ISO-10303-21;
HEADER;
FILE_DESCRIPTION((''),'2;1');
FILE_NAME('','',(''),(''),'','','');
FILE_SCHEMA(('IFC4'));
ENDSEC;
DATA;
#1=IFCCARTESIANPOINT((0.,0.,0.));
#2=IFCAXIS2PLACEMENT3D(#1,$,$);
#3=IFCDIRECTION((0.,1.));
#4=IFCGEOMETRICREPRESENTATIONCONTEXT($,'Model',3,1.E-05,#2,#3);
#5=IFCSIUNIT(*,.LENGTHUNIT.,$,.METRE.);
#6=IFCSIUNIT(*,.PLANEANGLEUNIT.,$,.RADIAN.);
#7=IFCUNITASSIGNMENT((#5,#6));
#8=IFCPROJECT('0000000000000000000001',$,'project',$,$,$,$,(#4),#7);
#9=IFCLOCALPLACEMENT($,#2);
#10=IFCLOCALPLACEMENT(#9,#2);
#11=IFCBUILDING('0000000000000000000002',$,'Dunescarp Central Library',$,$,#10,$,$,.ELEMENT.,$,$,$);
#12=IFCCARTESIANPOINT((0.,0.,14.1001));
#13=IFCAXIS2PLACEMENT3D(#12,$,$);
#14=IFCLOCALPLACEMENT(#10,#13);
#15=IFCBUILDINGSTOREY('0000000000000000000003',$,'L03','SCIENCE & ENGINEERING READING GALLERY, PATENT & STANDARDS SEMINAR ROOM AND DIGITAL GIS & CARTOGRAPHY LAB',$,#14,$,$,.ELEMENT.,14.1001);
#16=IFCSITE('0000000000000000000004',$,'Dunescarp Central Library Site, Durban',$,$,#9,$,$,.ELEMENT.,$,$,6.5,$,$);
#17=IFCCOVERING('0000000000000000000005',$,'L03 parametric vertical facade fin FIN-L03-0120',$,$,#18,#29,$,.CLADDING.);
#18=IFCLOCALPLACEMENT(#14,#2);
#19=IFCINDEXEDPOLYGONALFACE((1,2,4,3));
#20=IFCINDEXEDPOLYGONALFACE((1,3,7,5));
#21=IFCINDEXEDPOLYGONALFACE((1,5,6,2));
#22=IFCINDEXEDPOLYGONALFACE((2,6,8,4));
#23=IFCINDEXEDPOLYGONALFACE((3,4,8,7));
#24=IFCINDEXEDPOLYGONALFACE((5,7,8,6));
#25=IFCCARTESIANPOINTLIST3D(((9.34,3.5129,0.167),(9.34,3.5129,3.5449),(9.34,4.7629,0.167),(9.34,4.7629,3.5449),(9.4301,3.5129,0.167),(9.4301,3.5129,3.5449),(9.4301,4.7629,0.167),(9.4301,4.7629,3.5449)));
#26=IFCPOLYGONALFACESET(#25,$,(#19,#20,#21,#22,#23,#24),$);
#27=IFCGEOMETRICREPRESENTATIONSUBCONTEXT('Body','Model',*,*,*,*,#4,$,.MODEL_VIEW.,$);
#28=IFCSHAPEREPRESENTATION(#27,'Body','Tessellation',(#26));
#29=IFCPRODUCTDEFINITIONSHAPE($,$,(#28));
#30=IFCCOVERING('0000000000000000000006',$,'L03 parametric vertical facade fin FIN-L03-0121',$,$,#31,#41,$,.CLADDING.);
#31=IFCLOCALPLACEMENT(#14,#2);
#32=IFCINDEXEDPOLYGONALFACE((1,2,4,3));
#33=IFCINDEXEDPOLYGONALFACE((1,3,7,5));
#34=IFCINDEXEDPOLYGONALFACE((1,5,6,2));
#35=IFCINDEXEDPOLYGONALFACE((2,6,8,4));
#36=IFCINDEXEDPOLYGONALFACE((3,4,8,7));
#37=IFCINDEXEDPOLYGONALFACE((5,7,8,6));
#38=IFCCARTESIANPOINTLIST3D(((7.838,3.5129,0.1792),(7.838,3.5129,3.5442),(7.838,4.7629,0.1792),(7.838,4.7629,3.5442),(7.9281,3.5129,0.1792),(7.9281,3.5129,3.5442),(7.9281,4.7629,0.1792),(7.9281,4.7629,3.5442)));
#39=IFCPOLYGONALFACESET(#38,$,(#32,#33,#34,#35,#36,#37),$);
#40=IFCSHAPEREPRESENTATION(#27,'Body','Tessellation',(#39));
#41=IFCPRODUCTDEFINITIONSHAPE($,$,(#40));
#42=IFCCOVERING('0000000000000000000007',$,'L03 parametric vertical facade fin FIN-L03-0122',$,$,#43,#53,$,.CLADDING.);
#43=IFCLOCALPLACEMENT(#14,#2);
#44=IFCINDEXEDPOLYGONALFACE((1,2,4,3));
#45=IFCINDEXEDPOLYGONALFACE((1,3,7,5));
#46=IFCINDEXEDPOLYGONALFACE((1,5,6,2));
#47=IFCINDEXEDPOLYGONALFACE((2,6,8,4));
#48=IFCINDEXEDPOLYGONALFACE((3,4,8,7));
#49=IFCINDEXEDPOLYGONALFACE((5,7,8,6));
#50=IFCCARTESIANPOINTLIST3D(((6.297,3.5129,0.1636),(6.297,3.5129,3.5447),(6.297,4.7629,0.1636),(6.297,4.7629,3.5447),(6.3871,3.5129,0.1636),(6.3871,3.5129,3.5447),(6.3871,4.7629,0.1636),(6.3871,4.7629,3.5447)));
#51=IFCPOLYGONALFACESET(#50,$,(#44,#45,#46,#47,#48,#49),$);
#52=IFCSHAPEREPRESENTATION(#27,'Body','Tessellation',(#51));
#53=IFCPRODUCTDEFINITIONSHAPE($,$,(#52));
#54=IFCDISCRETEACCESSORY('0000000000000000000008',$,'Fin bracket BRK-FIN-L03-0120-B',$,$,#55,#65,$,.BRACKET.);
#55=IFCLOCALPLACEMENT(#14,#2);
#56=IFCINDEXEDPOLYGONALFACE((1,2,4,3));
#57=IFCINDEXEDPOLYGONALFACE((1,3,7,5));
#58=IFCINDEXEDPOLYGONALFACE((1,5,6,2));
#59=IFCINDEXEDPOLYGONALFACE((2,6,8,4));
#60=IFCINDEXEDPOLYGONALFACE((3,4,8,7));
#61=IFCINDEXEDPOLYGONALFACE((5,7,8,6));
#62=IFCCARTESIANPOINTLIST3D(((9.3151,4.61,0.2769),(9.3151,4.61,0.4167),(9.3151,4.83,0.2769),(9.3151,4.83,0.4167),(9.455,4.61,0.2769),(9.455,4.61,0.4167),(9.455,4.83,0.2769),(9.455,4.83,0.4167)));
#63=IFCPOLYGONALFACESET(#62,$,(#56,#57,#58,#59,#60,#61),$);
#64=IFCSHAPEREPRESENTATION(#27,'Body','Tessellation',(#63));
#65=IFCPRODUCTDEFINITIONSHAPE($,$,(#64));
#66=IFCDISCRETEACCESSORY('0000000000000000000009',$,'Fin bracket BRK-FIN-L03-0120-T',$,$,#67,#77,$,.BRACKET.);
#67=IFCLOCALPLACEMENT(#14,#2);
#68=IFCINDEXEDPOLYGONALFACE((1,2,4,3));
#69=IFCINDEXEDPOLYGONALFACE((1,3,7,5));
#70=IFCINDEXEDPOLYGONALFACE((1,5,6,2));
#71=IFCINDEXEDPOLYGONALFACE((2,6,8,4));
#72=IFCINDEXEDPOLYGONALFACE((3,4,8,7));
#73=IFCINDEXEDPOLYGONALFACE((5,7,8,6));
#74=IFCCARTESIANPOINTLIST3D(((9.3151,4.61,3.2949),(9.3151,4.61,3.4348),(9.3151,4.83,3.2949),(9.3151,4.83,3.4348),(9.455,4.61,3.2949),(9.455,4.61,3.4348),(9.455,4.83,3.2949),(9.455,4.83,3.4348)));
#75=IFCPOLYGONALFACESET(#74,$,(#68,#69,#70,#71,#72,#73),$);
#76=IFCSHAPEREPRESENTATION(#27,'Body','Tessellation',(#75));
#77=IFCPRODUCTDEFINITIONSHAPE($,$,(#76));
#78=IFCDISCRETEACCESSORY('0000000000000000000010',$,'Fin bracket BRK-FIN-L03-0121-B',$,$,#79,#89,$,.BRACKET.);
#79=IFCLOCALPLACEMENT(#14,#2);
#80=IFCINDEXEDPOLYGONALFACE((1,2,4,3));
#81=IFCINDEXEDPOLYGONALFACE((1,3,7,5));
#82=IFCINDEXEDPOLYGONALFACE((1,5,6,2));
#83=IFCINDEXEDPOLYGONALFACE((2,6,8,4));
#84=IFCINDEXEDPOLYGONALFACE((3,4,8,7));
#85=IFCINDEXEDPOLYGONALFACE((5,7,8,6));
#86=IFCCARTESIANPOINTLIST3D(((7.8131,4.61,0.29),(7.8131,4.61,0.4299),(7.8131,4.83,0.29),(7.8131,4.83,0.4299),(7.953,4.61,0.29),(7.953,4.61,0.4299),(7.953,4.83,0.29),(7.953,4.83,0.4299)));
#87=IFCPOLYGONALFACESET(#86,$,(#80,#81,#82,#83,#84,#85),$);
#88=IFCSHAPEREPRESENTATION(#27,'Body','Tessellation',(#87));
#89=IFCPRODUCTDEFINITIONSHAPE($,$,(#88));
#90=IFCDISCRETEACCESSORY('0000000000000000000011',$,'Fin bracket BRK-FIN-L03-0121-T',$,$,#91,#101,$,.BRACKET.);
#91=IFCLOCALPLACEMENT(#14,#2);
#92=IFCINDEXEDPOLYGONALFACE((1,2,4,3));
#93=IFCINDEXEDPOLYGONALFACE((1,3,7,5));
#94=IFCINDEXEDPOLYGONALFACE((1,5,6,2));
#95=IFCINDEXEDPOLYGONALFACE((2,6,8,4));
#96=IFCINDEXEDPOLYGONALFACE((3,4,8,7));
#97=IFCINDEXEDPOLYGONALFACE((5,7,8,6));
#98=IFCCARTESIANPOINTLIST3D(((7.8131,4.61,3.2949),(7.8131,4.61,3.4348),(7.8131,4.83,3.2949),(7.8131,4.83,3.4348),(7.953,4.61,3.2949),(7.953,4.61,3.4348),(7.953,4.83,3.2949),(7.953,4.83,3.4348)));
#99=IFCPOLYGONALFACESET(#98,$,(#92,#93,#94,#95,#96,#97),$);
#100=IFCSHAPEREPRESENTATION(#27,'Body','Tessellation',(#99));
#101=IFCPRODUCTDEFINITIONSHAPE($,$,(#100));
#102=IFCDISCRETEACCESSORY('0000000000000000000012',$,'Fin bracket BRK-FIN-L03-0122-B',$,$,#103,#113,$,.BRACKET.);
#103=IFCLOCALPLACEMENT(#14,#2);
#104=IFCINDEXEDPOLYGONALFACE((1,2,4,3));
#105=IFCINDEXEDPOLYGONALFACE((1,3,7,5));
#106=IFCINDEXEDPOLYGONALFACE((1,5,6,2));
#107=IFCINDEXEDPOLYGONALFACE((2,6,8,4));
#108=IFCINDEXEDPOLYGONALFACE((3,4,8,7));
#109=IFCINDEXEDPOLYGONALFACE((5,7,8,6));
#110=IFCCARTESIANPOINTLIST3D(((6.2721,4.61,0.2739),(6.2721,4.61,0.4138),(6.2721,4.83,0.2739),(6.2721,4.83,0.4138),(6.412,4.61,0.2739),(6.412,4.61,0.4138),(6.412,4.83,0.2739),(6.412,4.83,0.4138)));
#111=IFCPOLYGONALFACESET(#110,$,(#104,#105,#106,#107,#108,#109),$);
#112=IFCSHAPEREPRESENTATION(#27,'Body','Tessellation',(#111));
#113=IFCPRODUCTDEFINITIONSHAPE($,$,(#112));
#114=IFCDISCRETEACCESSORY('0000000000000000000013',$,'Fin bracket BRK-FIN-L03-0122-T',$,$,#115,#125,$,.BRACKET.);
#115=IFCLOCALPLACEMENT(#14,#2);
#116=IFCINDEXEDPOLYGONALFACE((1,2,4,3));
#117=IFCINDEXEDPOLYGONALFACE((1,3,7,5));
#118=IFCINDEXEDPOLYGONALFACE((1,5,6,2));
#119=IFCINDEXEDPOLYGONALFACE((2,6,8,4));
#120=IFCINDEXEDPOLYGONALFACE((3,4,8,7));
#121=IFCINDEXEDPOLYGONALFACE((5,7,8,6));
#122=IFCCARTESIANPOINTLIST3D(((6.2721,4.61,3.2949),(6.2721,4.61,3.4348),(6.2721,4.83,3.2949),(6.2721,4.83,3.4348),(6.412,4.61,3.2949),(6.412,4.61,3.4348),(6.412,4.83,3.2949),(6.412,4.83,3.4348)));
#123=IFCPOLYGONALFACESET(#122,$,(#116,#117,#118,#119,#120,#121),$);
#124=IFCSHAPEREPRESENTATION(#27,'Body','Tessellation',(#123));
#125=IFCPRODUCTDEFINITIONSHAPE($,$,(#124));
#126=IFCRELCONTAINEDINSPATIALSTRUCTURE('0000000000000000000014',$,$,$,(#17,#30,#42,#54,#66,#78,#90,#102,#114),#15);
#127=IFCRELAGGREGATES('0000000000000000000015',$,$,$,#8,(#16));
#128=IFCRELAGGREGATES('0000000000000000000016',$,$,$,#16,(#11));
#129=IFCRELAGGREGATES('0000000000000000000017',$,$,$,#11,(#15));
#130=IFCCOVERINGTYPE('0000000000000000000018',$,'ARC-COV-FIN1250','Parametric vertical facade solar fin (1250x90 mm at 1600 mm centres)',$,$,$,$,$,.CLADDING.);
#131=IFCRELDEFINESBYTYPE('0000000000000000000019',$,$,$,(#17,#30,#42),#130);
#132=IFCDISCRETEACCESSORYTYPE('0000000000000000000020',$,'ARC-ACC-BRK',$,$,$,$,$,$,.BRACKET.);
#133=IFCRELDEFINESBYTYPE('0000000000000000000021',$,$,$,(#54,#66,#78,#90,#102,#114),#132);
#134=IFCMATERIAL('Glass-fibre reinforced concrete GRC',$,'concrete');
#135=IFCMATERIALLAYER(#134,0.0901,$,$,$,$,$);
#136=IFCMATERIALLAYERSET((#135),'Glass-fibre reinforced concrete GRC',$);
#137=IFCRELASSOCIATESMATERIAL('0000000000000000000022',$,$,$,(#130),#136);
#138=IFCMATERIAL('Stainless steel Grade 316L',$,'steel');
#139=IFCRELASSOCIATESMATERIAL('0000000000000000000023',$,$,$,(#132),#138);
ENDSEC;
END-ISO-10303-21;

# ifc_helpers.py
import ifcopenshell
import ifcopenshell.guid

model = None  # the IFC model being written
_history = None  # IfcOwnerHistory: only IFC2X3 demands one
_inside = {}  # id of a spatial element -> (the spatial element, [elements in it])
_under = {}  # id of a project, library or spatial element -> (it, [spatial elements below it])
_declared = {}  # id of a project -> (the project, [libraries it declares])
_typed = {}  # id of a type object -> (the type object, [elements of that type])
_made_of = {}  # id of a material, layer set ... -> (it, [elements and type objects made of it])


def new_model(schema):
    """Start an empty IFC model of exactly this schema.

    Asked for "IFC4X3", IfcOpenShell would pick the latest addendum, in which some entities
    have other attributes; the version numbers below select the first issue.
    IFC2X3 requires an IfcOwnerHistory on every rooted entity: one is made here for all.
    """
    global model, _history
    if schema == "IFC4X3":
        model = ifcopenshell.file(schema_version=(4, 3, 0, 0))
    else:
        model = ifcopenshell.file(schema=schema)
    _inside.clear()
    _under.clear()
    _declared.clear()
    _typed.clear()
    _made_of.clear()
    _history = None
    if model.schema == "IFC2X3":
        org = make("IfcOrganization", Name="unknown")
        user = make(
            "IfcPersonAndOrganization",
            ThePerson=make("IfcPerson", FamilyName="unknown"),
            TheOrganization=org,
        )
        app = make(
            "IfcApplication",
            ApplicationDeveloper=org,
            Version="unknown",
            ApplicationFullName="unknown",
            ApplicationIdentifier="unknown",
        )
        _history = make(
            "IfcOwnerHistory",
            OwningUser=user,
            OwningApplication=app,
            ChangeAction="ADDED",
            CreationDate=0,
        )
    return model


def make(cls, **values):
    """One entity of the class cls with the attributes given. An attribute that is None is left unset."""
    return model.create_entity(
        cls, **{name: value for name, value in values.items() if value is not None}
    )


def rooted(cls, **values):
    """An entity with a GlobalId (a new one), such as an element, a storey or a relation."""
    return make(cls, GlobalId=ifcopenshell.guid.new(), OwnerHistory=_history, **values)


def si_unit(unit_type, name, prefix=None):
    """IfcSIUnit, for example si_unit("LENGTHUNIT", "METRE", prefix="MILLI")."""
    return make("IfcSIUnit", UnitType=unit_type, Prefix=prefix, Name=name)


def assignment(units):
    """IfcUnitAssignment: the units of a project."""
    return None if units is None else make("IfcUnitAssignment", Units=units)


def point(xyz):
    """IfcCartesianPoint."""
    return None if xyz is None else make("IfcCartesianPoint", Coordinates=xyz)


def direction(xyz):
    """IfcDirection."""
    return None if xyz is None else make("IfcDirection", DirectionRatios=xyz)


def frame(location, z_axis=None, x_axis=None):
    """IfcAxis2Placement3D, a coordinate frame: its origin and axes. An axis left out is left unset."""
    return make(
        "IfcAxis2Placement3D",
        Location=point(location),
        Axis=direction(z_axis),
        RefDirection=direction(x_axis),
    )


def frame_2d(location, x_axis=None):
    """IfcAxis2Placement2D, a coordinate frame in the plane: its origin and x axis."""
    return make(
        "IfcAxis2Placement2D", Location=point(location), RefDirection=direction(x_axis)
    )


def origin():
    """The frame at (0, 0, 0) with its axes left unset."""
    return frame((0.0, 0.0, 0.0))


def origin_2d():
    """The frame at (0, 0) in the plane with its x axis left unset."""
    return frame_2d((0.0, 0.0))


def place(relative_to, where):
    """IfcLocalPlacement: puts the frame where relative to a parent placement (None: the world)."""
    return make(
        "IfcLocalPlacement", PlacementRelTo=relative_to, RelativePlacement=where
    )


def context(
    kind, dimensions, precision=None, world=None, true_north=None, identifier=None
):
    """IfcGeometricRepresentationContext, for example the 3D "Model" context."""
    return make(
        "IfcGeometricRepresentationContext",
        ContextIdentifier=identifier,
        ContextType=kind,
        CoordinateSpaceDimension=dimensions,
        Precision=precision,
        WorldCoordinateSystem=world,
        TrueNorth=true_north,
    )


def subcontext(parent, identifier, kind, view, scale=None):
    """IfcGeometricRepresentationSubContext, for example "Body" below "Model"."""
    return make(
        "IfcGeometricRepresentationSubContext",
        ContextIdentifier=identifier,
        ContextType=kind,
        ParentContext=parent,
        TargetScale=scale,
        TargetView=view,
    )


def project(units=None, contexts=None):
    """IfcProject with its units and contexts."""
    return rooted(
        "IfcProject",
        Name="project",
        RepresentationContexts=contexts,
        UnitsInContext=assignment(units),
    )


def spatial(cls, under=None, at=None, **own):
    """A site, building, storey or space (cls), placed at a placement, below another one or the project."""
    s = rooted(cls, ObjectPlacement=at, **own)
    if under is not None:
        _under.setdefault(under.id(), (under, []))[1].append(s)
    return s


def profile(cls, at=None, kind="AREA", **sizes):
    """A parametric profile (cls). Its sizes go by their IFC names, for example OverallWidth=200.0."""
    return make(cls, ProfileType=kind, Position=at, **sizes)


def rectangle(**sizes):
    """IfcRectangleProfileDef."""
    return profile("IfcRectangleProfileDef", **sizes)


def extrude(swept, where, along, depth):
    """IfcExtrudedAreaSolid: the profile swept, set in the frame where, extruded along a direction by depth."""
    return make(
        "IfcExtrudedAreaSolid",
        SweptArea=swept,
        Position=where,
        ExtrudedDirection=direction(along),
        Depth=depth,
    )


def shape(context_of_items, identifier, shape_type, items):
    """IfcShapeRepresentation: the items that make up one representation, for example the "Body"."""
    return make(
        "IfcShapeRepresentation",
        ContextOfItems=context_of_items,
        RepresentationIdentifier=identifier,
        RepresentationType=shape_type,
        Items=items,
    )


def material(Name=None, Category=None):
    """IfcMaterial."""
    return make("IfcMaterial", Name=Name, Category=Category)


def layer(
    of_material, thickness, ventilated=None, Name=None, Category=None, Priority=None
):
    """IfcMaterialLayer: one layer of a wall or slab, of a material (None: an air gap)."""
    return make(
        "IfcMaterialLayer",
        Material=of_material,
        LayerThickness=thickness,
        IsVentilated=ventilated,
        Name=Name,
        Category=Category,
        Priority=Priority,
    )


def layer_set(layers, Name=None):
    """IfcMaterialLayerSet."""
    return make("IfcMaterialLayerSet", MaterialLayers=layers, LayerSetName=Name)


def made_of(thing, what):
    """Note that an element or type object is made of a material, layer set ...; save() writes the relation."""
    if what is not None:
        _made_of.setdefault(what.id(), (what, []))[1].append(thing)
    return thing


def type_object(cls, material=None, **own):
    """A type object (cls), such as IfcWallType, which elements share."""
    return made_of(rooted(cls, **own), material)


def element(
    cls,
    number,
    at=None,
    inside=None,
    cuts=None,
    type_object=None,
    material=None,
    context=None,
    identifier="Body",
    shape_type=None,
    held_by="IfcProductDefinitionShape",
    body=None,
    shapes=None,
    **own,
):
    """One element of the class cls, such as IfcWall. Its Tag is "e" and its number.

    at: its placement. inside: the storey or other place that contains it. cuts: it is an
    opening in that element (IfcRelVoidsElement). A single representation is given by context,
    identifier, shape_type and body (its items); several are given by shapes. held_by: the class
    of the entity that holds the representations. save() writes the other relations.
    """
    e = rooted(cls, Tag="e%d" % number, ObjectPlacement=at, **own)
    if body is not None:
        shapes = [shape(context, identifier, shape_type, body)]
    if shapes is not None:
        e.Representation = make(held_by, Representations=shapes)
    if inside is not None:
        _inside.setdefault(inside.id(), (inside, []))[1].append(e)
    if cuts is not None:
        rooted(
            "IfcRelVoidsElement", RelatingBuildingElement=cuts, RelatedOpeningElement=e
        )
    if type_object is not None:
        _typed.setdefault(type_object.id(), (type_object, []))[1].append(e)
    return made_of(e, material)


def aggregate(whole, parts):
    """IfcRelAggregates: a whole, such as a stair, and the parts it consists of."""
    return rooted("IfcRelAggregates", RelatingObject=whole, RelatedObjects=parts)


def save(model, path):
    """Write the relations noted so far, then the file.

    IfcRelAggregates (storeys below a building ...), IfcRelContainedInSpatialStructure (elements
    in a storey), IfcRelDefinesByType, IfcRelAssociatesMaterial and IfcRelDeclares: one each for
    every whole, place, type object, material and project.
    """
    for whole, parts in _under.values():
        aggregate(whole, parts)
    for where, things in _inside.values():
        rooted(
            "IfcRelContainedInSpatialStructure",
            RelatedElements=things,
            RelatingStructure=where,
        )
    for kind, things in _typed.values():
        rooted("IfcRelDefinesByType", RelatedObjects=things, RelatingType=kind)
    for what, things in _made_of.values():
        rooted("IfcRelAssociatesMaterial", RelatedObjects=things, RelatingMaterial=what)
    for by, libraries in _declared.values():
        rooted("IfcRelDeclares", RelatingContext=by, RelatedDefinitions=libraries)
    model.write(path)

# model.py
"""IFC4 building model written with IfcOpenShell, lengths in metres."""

from ifc_helpers import new_model, si_unit, direction, frame, origin, origin_2d, place, context, subcontext, project, spatial, rectangle, extrude, material, layer, layer_set, type_object, element, save


model = new_model("IFC4")

# Units and contexts
model_context = context("Model", 3, precision=1e-05, world=origin(), true_north=direction((0.0, 1.0)))
body_context = subcontext(model_context, "Body", "Model", "MODEL_VIEW")
ifc_project = project(units=[si_unit("LENGTHUNIT", "METRE"), si_unit("PLANEANGLEUNIT", "RADIAN")], contexts=[model_context])

# Site, building, storey
site_placement = place(None, origin())
site = spatial("IfcSite", under=ifc_project, at=site_placement, Name="Dunescarp Central Library Site, Durban", CompositionType="ELEMENT", RefElevation=6.5)
building_placement = place(site_placement, origin())
building = spatial("IfcBuilding", under=site, at=building_placement, Name="Dunescarp Central Library", CompositionType="ELEMENT")
storey_placement = place(building_placement, frame((0.0, 0.0, 14.1001)))
storey = spatial("IfcBuildingStorey", under=building, at=storey_placement, Name="L03", Description="SCIENCE & ENGINEERING READING GALLERY, PATENT & STANDARDS SEMINAR ROOM AND DIGITAL GIS & CARTOGRAPHY LAB", CompositionType="ELEMENT", Elevation=14.1001)

# Coverings
ifc_material_1 = material(Name="Glass-fibre reinforced concrete GRC", Category="concrete")
ifc_layer_1 = layer(ifc_material_1, 0.0901)
ifc_layer_set_1 = layer_set([ifc_layer_1], Name="Glass-fibre reinforced concrete GRC")
covering_type = type_object("IfcCoveringType", Name="ARC-COV-FIN1250", Description="Parametric vertical facade solar fin (1250x90 mm at 1600 mm centres)", PredefinedType="CLADDING", material=ifc_layer_set_1)
covering_1_placement = place(storey_placement, frame((9.385, 4.1379, 0.167), z_axis=(0.0, 0.0, 1.0), x_axis=(0.0, -1.0, 0.0)))
element("IfcCovering", 1, at=covering_1_placement, inside=storey, type_object=covering_type, Name="L03 parametric vertical facade fin FIN-L03-0120", PredefinedType="CLADDING", context=body_context, shape_type="SweptSolid", body=[
    extrude(rectangle(XDim=1.25, YDim=0.0901, at=origin_2d()), origin(), (0.0, 0.0, 1.0), 3.3779),
])
covering_2_placement = place(storey_placement, frame((7.8831, 4.1379, 0.1792), z_axis=(0.0, 0.0, 1.0), x_axis=(0.0, -1.0, 0.0)))
element("IfcCovering", 2, at=covering_2_placement, inside=storey, type_object=covering_type, Name="L03 parametric vertical facade fin FIN-L03-0121", PredefinedType="CLADDING", context=body_context, shape_type="SweptSolid", body=[
    extrude(rectangle(XDim=1.25, YDim=0.0901, at=origin_2d()), origin(), (0.0, 0.0, 1.0), 3.365),
])
covering_3_placement = place(storey_placement, frame((6.342, 4.1379, 0.1636), z_axis=(0.0, 0.0, 1.0), x_axis=(0.0, -1.0, 0.0)))
element("IfcCovering", 3, at=covering_3_placement, inside=storey, type_object=covering_type, Name="L03 parametric vertical facade fin FIN-L03-0122", PredefinedType="CLADDING", context=body_context, shape_type="SweptSolid", body=[
    extrude(rectangle(XDim=1.25, YDim=0.0901, at=origin_2d()), origin(), (0.0, 0.0, 1.0), 3.3811),
])

# Discrete accessories
ifc_material_2 = material(Name="Stainless steel Grade 316L", Category="steel")
discrete_accessory_type = type_object("IfcDiscreteAccessoryType", Name="ARC-ACC-BRK", PredefinedType="BRACKET", material=ifc_material_2)
for number, where, z_axis, x_axis, name in (
    (4, (9.385, 4.72, 0.2769), (0.0, 0.0, 1.0), (0.0, -1.0, 0.0), "Fin bracket BRK-FIN-L03-0120-B"),
    (5, (9.385, 4.72, 3.2949), (0.0, 0.0, 1.0), (0.0, -1.0, 0.0), "Fin bracket BRK-FIN-L03-0120-T"),
    (6, (7.8831, 4.72, 0.29), (0.0, 0.0, 1.0), (0.0, -1.0, 0.0), "Fin bracket BRK-FIN-L03-0121-B"),
    (7, (7.8831, 4.72, 3.2949), (0.0, 0.0, 1.0), (0.0, -1.0, 0.0), "Fin bracket BRK-FIN-L03-0121-T"),
    (8, (6.342, 4.72, 0.2739), (0.0, 0.0, 1.0), (0.0, -1.0, 0.0), "Fin bracket BRK-FIN-L03-0122-B"),
    (9, (6.342, 4.72, 3.2949), (0.0, 0.0, 1.0), (0.0, -1.0, 0.0), "Fin bracket BRK-FIN-L03-0122-T"),
):
    element("IfcDiscreteAccessory", number, at=place(storey_placement, frame(where, z_axis=z_axis, x_axis=x_axis)), inside=storey, type_object=discrete_accessory_type, Name=name, PredefinedType="BRACKET", context=body_context, shape_type="SweptSolid", body=[
        extrude(rectangle(XDim=0.22, YDim=0.1399, at=origin_2d()), origin(), (0.0, 0.0, 1.0), 0.1399),
    ])

save(model, "model.ifc")
